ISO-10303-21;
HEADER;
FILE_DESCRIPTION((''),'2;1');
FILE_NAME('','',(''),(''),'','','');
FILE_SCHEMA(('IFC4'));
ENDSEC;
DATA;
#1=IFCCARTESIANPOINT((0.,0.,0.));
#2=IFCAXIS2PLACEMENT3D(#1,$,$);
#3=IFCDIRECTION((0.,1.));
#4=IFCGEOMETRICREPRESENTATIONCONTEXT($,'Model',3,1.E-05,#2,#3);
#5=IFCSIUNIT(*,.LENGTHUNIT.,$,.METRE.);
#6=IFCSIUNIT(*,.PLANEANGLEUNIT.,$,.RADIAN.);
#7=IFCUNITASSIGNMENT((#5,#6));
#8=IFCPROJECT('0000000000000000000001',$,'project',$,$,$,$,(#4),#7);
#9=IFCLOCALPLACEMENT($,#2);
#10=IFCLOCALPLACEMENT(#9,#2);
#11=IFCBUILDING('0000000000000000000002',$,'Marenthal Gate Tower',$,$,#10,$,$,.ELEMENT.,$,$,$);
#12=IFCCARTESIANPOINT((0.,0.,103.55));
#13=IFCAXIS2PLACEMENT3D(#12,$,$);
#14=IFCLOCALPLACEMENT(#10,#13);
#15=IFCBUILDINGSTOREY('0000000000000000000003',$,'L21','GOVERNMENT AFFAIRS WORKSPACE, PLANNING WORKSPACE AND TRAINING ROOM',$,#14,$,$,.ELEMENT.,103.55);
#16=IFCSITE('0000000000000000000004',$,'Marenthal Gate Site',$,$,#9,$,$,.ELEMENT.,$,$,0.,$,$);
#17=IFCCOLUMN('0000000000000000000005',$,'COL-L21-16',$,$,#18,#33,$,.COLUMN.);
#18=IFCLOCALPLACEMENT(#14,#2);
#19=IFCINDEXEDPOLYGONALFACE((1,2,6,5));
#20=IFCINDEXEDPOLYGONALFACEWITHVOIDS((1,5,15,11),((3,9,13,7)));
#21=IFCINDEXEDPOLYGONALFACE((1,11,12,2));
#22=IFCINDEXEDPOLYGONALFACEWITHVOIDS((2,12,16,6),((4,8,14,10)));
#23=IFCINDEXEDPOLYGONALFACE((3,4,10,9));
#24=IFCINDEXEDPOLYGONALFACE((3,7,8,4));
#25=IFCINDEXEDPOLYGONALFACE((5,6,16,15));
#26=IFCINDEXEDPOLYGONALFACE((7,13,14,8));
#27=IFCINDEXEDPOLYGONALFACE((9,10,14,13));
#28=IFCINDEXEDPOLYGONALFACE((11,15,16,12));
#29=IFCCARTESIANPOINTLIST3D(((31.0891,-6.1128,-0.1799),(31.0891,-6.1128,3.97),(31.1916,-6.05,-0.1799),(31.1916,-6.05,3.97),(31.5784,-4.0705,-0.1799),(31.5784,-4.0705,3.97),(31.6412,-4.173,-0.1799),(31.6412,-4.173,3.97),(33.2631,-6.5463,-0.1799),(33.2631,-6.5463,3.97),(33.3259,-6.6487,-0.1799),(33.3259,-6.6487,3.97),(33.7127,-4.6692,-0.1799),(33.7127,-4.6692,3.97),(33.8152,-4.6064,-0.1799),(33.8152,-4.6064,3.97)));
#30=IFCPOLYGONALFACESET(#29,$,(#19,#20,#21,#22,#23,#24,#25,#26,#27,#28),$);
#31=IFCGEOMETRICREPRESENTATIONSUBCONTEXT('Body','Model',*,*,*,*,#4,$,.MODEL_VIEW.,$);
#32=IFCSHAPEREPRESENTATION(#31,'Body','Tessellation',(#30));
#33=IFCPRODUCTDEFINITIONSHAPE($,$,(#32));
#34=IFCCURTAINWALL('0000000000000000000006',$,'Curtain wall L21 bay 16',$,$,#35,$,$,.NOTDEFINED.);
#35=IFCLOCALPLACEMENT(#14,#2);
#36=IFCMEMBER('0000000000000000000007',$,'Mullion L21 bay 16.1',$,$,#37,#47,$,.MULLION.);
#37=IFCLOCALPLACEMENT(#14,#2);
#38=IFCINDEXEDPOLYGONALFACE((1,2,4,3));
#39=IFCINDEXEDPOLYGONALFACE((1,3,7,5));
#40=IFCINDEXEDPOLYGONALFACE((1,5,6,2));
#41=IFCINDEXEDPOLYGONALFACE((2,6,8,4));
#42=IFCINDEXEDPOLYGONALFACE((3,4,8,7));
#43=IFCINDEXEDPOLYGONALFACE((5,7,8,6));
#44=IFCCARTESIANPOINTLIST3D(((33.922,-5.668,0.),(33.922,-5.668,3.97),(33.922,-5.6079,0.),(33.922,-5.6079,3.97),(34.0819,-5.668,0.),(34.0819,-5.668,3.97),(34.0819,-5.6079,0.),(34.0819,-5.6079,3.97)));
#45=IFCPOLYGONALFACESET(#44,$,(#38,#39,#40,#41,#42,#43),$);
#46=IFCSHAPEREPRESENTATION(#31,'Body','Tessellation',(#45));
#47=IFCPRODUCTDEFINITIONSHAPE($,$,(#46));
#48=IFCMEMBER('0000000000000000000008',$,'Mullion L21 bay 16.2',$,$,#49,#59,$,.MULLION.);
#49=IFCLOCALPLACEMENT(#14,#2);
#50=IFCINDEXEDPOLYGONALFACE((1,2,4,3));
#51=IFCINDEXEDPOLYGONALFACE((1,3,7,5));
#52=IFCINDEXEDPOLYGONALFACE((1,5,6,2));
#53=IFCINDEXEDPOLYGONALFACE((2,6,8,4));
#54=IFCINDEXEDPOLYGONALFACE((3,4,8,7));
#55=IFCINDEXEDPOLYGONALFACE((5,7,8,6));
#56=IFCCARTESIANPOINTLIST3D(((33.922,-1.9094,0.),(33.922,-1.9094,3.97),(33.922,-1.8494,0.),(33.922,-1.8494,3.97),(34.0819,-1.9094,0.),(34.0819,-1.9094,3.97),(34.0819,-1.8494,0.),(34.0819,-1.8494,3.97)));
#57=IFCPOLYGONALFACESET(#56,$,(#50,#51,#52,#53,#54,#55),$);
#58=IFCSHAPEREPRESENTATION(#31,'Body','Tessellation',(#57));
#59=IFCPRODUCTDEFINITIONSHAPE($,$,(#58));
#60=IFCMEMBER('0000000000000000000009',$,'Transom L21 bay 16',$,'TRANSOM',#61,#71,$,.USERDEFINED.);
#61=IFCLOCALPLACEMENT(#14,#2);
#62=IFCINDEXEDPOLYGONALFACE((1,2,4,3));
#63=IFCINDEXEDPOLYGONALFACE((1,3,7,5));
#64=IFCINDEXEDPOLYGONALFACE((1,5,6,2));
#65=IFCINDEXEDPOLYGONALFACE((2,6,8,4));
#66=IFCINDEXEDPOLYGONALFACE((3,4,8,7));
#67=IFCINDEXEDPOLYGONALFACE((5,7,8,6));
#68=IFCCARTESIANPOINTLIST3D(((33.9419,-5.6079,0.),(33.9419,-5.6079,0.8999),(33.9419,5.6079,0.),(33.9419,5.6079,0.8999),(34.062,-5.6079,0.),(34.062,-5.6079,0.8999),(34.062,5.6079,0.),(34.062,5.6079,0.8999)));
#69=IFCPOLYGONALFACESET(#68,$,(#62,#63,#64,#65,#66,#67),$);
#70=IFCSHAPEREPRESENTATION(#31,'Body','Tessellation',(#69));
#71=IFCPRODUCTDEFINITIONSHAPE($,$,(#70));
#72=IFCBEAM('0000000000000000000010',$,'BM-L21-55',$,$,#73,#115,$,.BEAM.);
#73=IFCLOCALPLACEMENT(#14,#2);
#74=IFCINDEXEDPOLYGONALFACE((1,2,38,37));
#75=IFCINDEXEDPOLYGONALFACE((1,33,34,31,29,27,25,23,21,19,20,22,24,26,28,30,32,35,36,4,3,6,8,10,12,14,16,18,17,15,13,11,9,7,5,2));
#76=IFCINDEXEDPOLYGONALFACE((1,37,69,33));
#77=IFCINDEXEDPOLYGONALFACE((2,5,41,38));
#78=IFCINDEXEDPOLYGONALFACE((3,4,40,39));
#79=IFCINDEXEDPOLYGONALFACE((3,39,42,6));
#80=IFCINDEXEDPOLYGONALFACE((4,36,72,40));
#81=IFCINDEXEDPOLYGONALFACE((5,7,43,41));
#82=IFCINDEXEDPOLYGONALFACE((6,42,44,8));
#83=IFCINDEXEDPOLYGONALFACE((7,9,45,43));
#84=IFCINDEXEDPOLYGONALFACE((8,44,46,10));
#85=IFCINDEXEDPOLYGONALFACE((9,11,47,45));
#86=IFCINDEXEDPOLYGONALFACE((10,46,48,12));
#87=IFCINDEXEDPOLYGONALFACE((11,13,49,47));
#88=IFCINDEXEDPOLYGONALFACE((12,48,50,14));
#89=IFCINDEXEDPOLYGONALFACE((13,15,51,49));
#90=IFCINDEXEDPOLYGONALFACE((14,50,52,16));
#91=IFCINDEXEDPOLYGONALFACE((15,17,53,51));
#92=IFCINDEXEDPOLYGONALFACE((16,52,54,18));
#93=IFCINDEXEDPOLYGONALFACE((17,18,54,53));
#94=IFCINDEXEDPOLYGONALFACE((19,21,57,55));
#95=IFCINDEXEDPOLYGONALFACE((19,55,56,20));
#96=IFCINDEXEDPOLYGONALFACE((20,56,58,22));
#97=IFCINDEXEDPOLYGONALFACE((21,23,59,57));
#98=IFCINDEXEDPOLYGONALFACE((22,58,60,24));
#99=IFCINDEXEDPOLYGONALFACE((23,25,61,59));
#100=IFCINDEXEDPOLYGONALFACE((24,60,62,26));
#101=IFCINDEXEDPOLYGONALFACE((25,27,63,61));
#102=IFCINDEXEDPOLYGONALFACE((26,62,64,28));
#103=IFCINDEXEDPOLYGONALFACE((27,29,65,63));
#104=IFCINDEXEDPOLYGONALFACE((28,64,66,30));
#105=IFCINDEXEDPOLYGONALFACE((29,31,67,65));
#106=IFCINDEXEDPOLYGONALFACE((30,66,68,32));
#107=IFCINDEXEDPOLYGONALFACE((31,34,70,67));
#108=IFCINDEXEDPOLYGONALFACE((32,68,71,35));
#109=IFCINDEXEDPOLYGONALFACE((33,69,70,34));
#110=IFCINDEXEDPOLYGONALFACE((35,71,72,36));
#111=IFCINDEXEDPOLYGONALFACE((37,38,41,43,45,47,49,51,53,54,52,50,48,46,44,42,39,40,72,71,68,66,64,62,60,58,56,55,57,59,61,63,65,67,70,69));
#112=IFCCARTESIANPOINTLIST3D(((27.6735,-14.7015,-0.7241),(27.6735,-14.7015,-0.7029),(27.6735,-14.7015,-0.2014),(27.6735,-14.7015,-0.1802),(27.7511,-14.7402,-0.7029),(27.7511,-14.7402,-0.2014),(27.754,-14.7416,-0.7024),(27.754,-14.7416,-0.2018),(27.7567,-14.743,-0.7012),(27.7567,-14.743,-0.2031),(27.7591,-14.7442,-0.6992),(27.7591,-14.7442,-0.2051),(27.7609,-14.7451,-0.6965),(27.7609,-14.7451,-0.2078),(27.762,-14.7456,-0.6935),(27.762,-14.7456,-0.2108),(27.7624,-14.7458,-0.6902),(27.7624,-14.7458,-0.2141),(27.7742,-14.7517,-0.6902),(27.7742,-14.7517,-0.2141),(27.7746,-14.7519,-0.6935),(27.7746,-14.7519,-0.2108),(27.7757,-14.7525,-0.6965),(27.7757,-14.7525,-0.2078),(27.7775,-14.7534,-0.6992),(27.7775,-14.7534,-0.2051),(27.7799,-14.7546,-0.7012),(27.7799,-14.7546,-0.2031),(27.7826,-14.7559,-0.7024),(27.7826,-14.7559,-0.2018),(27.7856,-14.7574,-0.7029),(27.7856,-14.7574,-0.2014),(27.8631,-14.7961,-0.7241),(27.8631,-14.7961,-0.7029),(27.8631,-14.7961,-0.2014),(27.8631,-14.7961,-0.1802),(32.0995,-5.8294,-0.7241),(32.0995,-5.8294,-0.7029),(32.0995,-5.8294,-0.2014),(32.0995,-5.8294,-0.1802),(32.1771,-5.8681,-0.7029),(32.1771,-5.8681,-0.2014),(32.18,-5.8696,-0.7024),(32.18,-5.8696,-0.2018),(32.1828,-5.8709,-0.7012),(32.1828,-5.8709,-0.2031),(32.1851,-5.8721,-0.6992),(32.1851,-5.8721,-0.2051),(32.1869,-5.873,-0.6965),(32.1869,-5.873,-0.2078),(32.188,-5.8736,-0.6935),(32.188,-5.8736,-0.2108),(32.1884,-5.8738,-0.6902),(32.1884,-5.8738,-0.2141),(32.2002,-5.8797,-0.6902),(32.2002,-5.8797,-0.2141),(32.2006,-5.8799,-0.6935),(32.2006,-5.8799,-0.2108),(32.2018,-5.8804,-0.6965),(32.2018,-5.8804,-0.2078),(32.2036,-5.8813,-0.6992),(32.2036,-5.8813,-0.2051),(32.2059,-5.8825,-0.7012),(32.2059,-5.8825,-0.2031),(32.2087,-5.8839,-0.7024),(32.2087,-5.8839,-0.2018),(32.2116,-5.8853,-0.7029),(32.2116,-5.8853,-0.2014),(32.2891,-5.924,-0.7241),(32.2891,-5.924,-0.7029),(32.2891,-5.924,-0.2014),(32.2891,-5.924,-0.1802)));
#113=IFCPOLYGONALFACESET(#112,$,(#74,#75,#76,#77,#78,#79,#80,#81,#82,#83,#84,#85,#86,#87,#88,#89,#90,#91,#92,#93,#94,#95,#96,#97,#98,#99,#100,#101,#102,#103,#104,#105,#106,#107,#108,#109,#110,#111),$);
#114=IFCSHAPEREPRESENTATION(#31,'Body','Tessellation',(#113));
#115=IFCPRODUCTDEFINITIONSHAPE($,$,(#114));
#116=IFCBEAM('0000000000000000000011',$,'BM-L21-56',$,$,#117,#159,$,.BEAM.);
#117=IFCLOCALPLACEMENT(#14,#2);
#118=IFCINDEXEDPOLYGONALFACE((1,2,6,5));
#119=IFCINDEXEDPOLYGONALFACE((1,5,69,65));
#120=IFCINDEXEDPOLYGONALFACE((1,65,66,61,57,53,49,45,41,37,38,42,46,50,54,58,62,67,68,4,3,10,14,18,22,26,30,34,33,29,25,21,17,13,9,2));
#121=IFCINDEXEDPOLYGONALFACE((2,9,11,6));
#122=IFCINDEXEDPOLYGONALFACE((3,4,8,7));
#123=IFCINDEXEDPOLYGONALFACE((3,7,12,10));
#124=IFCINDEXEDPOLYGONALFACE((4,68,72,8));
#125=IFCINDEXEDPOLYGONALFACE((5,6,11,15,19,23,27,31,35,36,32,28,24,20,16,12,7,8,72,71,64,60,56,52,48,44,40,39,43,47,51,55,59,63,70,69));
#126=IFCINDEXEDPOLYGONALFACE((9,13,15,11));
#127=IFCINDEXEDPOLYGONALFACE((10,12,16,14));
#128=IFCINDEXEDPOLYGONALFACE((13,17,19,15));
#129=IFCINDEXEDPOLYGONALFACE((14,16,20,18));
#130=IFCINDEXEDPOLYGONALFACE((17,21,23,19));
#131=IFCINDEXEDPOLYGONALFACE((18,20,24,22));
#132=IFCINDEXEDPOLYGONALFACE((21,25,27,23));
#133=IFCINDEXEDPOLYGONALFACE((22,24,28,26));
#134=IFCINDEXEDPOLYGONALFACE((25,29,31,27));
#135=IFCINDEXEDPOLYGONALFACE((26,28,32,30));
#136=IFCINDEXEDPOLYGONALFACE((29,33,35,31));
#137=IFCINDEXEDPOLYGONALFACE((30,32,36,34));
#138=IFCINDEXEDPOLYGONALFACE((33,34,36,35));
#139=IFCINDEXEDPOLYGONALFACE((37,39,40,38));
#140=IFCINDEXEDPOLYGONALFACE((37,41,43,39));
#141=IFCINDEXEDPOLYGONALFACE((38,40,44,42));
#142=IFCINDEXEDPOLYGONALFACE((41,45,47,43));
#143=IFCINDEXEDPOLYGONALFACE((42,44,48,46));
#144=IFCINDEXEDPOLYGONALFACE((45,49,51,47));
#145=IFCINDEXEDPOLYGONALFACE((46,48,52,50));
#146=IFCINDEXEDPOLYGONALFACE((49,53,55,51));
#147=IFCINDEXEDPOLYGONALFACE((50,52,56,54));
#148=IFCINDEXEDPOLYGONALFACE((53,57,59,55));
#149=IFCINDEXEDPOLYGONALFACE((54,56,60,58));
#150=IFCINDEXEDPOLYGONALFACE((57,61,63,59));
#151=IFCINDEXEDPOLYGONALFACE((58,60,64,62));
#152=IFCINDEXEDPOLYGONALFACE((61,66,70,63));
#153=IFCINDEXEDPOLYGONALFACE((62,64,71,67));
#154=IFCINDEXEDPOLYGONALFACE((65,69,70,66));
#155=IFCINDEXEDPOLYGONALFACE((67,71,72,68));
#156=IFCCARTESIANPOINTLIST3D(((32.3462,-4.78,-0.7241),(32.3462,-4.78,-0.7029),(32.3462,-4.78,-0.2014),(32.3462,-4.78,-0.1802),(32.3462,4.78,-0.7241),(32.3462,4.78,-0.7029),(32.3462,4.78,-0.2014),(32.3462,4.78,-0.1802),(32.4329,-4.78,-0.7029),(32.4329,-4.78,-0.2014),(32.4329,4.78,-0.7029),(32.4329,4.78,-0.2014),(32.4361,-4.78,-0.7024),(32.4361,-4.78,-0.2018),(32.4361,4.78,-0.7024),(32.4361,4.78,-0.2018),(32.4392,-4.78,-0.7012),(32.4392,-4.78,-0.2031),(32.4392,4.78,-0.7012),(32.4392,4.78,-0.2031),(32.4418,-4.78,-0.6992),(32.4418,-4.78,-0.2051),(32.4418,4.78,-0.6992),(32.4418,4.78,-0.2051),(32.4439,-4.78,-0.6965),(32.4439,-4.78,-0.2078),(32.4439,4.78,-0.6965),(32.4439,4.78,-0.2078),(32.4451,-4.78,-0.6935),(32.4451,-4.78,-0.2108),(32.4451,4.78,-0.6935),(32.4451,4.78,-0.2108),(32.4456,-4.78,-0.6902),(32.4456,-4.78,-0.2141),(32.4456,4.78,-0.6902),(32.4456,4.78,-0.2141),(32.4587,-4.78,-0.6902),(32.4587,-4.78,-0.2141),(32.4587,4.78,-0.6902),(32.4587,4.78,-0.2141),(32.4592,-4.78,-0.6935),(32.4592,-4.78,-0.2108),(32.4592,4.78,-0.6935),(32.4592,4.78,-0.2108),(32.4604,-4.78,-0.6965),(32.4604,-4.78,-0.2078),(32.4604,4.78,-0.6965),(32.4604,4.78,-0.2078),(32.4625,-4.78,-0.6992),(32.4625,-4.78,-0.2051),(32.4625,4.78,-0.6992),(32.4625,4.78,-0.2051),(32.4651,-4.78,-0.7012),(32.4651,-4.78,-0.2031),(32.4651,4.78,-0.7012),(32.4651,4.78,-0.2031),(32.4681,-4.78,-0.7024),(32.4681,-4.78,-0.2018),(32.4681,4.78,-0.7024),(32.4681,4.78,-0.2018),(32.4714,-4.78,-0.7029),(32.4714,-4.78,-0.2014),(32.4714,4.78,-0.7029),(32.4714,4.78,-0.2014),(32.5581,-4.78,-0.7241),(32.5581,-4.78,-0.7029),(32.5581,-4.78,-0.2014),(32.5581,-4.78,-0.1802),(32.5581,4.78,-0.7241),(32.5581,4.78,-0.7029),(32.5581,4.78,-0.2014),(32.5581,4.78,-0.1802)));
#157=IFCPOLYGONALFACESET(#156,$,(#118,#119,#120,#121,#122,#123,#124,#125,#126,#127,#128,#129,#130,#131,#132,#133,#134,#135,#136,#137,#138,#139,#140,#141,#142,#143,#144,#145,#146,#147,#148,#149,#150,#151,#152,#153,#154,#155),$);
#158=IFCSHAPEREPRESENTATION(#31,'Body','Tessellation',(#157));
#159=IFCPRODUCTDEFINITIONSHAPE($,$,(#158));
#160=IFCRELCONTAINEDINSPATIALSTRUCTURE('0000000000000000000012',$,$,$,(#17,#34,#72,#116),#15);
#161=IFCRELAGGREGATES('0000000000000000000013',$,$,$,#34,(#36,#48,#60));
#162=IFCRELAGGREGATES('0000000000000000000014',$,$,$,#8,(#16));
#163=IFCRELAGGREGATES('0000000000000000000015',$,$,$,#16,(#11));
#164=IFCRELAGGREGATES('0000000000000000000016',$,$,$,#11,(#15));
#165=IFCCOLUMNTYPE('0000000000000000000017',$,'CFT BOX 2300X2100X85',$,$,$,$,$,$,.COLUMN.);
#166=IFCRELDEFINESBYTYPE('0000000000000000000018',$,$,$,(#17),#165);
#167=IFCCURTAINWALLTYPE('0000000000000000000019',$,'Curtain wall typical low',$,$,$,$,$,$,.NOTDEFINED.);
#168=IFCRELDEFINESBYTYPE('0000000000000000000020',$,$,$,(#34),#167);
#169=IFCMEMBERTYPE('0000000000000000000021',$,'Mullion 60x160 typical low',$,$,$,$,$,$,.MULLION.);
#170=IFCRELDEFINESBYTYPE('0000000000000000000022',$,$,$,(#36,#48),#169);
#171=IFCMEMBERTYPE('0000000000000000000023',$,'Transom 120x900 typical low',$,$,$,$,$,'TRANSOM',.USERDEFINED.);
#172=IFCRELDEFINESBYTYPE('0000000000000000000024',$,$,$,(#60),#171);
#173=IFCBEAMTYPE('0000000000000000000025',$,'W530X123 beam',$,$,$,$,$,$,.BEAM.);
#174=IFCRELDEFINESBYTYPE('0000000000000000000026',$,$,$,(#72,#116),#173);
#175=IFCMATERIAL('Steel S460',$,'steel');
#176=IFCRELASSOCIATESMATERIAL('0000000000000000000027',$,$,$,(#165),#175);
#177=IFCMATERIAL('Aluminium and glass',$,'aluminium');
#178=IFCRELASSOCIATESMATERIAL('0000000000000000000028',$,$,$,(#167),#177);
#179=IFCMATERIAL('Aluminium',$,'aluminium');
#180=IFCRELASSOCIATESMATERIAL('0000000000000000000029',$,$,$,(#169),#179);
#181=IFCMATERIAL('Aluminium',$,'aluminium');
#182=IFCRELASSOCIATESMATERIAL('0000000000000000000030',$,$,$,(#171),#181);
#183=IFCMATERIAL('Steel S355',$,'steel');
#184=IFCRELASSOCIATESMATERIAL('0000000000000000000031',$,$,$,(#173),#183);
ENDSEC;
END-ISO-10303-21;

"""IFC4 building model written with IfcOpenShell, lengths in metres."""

from ifc_helpers import new_model, si_unit, direction, frame, origin, origin_2d, place, context, subcontext, project, spatial, rectangle, hollow_rectangle, i_section, extrude, material, material_profile, profile_set, type_object, element, aggregate, save


model = new_model("IFC4")

# Units and contexts
model_context = context("Model", 3, precision=1e-05, world=origin(), true_north=direction((0.0, 1.0)))
body_context = subcontext(model_context, "Body", "Model", "MODEL_VIEW")
ifc_project = project(units=[si_unit("LENGTHUNIT", "METRE"), si_unit("PLANEANGLEUNIT", "RADIAN")], contexts=[model_context])

# Site, building, storey
site_placement = place(None, origin())
site = spatial("IfcSite", under=ifc_project, at=site_placement, Name="Marenthal Gate Site", CompositionType="ELEMENT", RefElevation=0.0)
building_placement = place(site_placement, origin())
building = spatial("IfcBuilding", under=site, at=building_placement, Name="Marenthal Gate Tower", CompositionType="ELEMENT")
storey_placement = place(building_placement, frame((0.0, 0.0, 103.55)))
storey = spatial("IfcBuildingStorey", under=building, at=storey_placement, Name="L21", Description="GOVERNMENT AFFAIRS WORKSPACE, PLANNING WORKSPACE AND TRAINING ROOM", CompositionType="ELEMENT", Elevation=103.55)

# Column
ifc_material_1 = material(Name="Steel S460", Category="steel")
ifc_material_profile_1 = material_profile(ifc_material_1, hollow_rectangle(XDim=2.1001, YDim=2.3, WallThickness=0.085, at=origin_2d()), Name="CFT BOX 2300X2100X85")
ifc_material_2 = material(Name="Concrete 70 MPa", Category="concrete")
ifc_material_profile_2 = material_profile(ifc_material_2, rectangle(XDim=1.9299, YDim=2.1299, at=origin_2d()), Name="CFT BOX 2300X2100X85 INFILL")
ifc_profile_set_1 = profile_set([ifc_material_profile_1, ifc_material_profile_2], Name="Steel S460 shell, Concrete 70 MPa infill")
column_type = type_object("IfcColumnType", Name="CFT BOX 2300X2100X85", PredefinedType="COLUMN", material=ifc_profile_set_1)
column_placement = place(storey_placement, frame((32.4521, -5.3596, -0.1799), z_axis=(0.0, 0.0, 1.0), x_axis=(-0.232974, -0.972483, 0.0)))
element("IfcColumn", 1, at=column_placement, inside=storey, type_object=column_type, Name="COL-L21-16", PredefinedType="COLUMN", context=body_context, shape_type="SweptSolid", body=[
    extrude(hollow_rectangle(XDim=2.1001, YDim=2.3, WallThickness=0.085, at=origin_2d()), origin(), (0.0, 0.0, 1.0), 4.1499),
])

# Curtain wall, members
ifc_material_3 = material(Name="Aluminium and glass", Category="aluminium")
curtain_wall_type = type_object("IfcCurtainWallType", Name="Curtain wall typical low", PredefinedType="NOTDEFINED", material=ifc_material_3)
curtain_wall_placement = place(storey_placement, origin())
curtain_wall = element("IfcCurtainWall", 2, at=curtain_wall_placement, inside=storey, type_object=curtain_wall_type, Name="Curtain wall L21 bay 16", PredefinedType="NOTDEFINED")
ifc_material_4 = material(Name="Aluminium", Category="aluminium")
ifc_material_profile_3 = material_profile(ifc_material_4, rectangle(XDim=0.1599, YDim=0.0601, at=origin_2d()), Name="60x160 aluminium mullion")
ifc_profile_set_2 = profile_set([ifc_material_profile_3], Name="Aluminium")
member_type_1 = type_object("IfcMemberType", Name="Mullion 60x160 typical low", PredefinedType="MULLION", material=ifc_profile_set_2)
member_1_placement = place(storey_placement, frame((34.002, -5.6379, 0.0), z_axis=(0.0, 0.0, 1.0), x_axis=(-1.0, 0.0, 0.0)))
member_1 = element("IfcMember", 3, at=member_1_placement, type_object=member_type_1, Name="Mullion L21 bay 16.1", PredefinedType="MULLION", context=body_context, shape_type="SweptSolid", body=[
    extrude(rectangle(XDim=0.1599, YDim=0.0601, at=origin_2d()), origin(), (0.0, 0.0, 1.0), 3.97),
])
member_2_placement = place(storey_placement, frame((34.002, -1.8794, 0.0), z_axis=(0.0, 0.0, 1.0), x_axis=(-1.0, 0.0, 0.0)))
member_2 = element("IfcMember", 4, at=member_2_placement, type_object=member_type_1, Name="Mullion L21 bay 16.2", PredefinedType="MULLION", context=body_context, shape_type="SweptSolid", body=[
    extrude(rectangle(XDim=0.1599, YDim=0.0601, at=origin_2d()), origin(), (0.0, 0.0, 1.0), 3.97),
])
ifc_material_5 = material(Name="Aluminium", Category="aluminium")
ifc_material_profile_4 = material_profile(ifc_material_5, rectangle(XDim=0.1201, YDim=0.8999, at=origin_2d()), Name="120x900 aluminium transom")
ifc_profile_set_3 = profile_set([ifc_material_profile_4], Name="Aluminium")
member_type_2 = type_object("IfcMemberType", Name="Transom 120x900 typical low", ElementType="TRANSOM", PredefinedType="USERDEFINED", material=ifc_profile_set_3)
member_3_placement = place(storey_placement, frame((34.002, -5.6079, 0.45), z_axis=(0.0, 1.0, 0.0), x_axis=(-1.0, 0.0, 0.0)))
member_3 = element("IfcMember", 5, at=member_3_placement, type_object=member_type_2, Name="Transom L21 bay 16", ObjectType="TRANSOM", PredefinedType="USERDEFINED", context=body_context, shape_type="SweptSolid", body=[
    extrude(rectangle(XDim=0.1201, YDim=0.8999, at=origin_2d()), origin(), (0.0, 0.0, 1.0), 11.2158),
])

# Beams
ifc_material_6 = material(Name="Steel S355", Category="steel")
ifc_material_profile_5 = material_profile(ifc_material_6, i_section(OverallWidth=0.2119, OverallDepth=0.5439, WebThickness=0.0132, FlangeThickness=0.0212, FilletRadius=0.0127, at=origin_2d()), Name="W530X123")
ifc_profile_set_4 = profile_set([ifc_material_profile_5], Name="Steel S355")
beam_type_1 = type_object("IfcBeamType", Name="W530X123 beam", PredefinedType="BEAM", material=ifc_profile_set_4)
beam_1_placement = place(storey_placement, frame((27.7683, -14.7488, -0.4521), z_axis=(0.446406, 0.894831, 0.0), x_axis=(-0.894831, 0.446406, 0.0)))
element("IfcBeam", 6, at=beam_1_placement, inside=storey, type_object=beam_type_1, Name="BM-L21-55", PredefinedType="BEAM", context=body_context, shape_type="SweptSolid", body=[
    extrude(i_section(OverallWidth=0.2119, OverallDepth=0.5439, WebThickness=0.0132, FlangeThickness=0.0212, FilletRadius=0.0127, at=origin_2d()), origin(), (0.0, 0.0, 1.0), 9.9148),
])
beam_2_placement = place(storey_placement, frame((32.4521, -4.78, -0.4521), z_axis=(0.0, 1.0, 0.0), x_axis=(-1.0, 0.0, 0.0)))
element("IfcBeam", 7, at=beam_2_placement, inside=storey, type_object=beam_type_1, Name="BM-L21-56", PredefinedType="BEAM", context=body_context, shape_type="SweptSolid", body=[
    extrude(i_section(OverallWidth=0.2119, OverallDepth=0.5439, WebThickness=0.0132, FlangeThickness=0.0212, FilletRadius=0.0127, at=origin_2d()), origin(), (0.0, 0.0, 1.0), 9.5601),
])

aggregate(curtain_wall, [member_1, member_2, member_3])

save(model, "model.ifc")
